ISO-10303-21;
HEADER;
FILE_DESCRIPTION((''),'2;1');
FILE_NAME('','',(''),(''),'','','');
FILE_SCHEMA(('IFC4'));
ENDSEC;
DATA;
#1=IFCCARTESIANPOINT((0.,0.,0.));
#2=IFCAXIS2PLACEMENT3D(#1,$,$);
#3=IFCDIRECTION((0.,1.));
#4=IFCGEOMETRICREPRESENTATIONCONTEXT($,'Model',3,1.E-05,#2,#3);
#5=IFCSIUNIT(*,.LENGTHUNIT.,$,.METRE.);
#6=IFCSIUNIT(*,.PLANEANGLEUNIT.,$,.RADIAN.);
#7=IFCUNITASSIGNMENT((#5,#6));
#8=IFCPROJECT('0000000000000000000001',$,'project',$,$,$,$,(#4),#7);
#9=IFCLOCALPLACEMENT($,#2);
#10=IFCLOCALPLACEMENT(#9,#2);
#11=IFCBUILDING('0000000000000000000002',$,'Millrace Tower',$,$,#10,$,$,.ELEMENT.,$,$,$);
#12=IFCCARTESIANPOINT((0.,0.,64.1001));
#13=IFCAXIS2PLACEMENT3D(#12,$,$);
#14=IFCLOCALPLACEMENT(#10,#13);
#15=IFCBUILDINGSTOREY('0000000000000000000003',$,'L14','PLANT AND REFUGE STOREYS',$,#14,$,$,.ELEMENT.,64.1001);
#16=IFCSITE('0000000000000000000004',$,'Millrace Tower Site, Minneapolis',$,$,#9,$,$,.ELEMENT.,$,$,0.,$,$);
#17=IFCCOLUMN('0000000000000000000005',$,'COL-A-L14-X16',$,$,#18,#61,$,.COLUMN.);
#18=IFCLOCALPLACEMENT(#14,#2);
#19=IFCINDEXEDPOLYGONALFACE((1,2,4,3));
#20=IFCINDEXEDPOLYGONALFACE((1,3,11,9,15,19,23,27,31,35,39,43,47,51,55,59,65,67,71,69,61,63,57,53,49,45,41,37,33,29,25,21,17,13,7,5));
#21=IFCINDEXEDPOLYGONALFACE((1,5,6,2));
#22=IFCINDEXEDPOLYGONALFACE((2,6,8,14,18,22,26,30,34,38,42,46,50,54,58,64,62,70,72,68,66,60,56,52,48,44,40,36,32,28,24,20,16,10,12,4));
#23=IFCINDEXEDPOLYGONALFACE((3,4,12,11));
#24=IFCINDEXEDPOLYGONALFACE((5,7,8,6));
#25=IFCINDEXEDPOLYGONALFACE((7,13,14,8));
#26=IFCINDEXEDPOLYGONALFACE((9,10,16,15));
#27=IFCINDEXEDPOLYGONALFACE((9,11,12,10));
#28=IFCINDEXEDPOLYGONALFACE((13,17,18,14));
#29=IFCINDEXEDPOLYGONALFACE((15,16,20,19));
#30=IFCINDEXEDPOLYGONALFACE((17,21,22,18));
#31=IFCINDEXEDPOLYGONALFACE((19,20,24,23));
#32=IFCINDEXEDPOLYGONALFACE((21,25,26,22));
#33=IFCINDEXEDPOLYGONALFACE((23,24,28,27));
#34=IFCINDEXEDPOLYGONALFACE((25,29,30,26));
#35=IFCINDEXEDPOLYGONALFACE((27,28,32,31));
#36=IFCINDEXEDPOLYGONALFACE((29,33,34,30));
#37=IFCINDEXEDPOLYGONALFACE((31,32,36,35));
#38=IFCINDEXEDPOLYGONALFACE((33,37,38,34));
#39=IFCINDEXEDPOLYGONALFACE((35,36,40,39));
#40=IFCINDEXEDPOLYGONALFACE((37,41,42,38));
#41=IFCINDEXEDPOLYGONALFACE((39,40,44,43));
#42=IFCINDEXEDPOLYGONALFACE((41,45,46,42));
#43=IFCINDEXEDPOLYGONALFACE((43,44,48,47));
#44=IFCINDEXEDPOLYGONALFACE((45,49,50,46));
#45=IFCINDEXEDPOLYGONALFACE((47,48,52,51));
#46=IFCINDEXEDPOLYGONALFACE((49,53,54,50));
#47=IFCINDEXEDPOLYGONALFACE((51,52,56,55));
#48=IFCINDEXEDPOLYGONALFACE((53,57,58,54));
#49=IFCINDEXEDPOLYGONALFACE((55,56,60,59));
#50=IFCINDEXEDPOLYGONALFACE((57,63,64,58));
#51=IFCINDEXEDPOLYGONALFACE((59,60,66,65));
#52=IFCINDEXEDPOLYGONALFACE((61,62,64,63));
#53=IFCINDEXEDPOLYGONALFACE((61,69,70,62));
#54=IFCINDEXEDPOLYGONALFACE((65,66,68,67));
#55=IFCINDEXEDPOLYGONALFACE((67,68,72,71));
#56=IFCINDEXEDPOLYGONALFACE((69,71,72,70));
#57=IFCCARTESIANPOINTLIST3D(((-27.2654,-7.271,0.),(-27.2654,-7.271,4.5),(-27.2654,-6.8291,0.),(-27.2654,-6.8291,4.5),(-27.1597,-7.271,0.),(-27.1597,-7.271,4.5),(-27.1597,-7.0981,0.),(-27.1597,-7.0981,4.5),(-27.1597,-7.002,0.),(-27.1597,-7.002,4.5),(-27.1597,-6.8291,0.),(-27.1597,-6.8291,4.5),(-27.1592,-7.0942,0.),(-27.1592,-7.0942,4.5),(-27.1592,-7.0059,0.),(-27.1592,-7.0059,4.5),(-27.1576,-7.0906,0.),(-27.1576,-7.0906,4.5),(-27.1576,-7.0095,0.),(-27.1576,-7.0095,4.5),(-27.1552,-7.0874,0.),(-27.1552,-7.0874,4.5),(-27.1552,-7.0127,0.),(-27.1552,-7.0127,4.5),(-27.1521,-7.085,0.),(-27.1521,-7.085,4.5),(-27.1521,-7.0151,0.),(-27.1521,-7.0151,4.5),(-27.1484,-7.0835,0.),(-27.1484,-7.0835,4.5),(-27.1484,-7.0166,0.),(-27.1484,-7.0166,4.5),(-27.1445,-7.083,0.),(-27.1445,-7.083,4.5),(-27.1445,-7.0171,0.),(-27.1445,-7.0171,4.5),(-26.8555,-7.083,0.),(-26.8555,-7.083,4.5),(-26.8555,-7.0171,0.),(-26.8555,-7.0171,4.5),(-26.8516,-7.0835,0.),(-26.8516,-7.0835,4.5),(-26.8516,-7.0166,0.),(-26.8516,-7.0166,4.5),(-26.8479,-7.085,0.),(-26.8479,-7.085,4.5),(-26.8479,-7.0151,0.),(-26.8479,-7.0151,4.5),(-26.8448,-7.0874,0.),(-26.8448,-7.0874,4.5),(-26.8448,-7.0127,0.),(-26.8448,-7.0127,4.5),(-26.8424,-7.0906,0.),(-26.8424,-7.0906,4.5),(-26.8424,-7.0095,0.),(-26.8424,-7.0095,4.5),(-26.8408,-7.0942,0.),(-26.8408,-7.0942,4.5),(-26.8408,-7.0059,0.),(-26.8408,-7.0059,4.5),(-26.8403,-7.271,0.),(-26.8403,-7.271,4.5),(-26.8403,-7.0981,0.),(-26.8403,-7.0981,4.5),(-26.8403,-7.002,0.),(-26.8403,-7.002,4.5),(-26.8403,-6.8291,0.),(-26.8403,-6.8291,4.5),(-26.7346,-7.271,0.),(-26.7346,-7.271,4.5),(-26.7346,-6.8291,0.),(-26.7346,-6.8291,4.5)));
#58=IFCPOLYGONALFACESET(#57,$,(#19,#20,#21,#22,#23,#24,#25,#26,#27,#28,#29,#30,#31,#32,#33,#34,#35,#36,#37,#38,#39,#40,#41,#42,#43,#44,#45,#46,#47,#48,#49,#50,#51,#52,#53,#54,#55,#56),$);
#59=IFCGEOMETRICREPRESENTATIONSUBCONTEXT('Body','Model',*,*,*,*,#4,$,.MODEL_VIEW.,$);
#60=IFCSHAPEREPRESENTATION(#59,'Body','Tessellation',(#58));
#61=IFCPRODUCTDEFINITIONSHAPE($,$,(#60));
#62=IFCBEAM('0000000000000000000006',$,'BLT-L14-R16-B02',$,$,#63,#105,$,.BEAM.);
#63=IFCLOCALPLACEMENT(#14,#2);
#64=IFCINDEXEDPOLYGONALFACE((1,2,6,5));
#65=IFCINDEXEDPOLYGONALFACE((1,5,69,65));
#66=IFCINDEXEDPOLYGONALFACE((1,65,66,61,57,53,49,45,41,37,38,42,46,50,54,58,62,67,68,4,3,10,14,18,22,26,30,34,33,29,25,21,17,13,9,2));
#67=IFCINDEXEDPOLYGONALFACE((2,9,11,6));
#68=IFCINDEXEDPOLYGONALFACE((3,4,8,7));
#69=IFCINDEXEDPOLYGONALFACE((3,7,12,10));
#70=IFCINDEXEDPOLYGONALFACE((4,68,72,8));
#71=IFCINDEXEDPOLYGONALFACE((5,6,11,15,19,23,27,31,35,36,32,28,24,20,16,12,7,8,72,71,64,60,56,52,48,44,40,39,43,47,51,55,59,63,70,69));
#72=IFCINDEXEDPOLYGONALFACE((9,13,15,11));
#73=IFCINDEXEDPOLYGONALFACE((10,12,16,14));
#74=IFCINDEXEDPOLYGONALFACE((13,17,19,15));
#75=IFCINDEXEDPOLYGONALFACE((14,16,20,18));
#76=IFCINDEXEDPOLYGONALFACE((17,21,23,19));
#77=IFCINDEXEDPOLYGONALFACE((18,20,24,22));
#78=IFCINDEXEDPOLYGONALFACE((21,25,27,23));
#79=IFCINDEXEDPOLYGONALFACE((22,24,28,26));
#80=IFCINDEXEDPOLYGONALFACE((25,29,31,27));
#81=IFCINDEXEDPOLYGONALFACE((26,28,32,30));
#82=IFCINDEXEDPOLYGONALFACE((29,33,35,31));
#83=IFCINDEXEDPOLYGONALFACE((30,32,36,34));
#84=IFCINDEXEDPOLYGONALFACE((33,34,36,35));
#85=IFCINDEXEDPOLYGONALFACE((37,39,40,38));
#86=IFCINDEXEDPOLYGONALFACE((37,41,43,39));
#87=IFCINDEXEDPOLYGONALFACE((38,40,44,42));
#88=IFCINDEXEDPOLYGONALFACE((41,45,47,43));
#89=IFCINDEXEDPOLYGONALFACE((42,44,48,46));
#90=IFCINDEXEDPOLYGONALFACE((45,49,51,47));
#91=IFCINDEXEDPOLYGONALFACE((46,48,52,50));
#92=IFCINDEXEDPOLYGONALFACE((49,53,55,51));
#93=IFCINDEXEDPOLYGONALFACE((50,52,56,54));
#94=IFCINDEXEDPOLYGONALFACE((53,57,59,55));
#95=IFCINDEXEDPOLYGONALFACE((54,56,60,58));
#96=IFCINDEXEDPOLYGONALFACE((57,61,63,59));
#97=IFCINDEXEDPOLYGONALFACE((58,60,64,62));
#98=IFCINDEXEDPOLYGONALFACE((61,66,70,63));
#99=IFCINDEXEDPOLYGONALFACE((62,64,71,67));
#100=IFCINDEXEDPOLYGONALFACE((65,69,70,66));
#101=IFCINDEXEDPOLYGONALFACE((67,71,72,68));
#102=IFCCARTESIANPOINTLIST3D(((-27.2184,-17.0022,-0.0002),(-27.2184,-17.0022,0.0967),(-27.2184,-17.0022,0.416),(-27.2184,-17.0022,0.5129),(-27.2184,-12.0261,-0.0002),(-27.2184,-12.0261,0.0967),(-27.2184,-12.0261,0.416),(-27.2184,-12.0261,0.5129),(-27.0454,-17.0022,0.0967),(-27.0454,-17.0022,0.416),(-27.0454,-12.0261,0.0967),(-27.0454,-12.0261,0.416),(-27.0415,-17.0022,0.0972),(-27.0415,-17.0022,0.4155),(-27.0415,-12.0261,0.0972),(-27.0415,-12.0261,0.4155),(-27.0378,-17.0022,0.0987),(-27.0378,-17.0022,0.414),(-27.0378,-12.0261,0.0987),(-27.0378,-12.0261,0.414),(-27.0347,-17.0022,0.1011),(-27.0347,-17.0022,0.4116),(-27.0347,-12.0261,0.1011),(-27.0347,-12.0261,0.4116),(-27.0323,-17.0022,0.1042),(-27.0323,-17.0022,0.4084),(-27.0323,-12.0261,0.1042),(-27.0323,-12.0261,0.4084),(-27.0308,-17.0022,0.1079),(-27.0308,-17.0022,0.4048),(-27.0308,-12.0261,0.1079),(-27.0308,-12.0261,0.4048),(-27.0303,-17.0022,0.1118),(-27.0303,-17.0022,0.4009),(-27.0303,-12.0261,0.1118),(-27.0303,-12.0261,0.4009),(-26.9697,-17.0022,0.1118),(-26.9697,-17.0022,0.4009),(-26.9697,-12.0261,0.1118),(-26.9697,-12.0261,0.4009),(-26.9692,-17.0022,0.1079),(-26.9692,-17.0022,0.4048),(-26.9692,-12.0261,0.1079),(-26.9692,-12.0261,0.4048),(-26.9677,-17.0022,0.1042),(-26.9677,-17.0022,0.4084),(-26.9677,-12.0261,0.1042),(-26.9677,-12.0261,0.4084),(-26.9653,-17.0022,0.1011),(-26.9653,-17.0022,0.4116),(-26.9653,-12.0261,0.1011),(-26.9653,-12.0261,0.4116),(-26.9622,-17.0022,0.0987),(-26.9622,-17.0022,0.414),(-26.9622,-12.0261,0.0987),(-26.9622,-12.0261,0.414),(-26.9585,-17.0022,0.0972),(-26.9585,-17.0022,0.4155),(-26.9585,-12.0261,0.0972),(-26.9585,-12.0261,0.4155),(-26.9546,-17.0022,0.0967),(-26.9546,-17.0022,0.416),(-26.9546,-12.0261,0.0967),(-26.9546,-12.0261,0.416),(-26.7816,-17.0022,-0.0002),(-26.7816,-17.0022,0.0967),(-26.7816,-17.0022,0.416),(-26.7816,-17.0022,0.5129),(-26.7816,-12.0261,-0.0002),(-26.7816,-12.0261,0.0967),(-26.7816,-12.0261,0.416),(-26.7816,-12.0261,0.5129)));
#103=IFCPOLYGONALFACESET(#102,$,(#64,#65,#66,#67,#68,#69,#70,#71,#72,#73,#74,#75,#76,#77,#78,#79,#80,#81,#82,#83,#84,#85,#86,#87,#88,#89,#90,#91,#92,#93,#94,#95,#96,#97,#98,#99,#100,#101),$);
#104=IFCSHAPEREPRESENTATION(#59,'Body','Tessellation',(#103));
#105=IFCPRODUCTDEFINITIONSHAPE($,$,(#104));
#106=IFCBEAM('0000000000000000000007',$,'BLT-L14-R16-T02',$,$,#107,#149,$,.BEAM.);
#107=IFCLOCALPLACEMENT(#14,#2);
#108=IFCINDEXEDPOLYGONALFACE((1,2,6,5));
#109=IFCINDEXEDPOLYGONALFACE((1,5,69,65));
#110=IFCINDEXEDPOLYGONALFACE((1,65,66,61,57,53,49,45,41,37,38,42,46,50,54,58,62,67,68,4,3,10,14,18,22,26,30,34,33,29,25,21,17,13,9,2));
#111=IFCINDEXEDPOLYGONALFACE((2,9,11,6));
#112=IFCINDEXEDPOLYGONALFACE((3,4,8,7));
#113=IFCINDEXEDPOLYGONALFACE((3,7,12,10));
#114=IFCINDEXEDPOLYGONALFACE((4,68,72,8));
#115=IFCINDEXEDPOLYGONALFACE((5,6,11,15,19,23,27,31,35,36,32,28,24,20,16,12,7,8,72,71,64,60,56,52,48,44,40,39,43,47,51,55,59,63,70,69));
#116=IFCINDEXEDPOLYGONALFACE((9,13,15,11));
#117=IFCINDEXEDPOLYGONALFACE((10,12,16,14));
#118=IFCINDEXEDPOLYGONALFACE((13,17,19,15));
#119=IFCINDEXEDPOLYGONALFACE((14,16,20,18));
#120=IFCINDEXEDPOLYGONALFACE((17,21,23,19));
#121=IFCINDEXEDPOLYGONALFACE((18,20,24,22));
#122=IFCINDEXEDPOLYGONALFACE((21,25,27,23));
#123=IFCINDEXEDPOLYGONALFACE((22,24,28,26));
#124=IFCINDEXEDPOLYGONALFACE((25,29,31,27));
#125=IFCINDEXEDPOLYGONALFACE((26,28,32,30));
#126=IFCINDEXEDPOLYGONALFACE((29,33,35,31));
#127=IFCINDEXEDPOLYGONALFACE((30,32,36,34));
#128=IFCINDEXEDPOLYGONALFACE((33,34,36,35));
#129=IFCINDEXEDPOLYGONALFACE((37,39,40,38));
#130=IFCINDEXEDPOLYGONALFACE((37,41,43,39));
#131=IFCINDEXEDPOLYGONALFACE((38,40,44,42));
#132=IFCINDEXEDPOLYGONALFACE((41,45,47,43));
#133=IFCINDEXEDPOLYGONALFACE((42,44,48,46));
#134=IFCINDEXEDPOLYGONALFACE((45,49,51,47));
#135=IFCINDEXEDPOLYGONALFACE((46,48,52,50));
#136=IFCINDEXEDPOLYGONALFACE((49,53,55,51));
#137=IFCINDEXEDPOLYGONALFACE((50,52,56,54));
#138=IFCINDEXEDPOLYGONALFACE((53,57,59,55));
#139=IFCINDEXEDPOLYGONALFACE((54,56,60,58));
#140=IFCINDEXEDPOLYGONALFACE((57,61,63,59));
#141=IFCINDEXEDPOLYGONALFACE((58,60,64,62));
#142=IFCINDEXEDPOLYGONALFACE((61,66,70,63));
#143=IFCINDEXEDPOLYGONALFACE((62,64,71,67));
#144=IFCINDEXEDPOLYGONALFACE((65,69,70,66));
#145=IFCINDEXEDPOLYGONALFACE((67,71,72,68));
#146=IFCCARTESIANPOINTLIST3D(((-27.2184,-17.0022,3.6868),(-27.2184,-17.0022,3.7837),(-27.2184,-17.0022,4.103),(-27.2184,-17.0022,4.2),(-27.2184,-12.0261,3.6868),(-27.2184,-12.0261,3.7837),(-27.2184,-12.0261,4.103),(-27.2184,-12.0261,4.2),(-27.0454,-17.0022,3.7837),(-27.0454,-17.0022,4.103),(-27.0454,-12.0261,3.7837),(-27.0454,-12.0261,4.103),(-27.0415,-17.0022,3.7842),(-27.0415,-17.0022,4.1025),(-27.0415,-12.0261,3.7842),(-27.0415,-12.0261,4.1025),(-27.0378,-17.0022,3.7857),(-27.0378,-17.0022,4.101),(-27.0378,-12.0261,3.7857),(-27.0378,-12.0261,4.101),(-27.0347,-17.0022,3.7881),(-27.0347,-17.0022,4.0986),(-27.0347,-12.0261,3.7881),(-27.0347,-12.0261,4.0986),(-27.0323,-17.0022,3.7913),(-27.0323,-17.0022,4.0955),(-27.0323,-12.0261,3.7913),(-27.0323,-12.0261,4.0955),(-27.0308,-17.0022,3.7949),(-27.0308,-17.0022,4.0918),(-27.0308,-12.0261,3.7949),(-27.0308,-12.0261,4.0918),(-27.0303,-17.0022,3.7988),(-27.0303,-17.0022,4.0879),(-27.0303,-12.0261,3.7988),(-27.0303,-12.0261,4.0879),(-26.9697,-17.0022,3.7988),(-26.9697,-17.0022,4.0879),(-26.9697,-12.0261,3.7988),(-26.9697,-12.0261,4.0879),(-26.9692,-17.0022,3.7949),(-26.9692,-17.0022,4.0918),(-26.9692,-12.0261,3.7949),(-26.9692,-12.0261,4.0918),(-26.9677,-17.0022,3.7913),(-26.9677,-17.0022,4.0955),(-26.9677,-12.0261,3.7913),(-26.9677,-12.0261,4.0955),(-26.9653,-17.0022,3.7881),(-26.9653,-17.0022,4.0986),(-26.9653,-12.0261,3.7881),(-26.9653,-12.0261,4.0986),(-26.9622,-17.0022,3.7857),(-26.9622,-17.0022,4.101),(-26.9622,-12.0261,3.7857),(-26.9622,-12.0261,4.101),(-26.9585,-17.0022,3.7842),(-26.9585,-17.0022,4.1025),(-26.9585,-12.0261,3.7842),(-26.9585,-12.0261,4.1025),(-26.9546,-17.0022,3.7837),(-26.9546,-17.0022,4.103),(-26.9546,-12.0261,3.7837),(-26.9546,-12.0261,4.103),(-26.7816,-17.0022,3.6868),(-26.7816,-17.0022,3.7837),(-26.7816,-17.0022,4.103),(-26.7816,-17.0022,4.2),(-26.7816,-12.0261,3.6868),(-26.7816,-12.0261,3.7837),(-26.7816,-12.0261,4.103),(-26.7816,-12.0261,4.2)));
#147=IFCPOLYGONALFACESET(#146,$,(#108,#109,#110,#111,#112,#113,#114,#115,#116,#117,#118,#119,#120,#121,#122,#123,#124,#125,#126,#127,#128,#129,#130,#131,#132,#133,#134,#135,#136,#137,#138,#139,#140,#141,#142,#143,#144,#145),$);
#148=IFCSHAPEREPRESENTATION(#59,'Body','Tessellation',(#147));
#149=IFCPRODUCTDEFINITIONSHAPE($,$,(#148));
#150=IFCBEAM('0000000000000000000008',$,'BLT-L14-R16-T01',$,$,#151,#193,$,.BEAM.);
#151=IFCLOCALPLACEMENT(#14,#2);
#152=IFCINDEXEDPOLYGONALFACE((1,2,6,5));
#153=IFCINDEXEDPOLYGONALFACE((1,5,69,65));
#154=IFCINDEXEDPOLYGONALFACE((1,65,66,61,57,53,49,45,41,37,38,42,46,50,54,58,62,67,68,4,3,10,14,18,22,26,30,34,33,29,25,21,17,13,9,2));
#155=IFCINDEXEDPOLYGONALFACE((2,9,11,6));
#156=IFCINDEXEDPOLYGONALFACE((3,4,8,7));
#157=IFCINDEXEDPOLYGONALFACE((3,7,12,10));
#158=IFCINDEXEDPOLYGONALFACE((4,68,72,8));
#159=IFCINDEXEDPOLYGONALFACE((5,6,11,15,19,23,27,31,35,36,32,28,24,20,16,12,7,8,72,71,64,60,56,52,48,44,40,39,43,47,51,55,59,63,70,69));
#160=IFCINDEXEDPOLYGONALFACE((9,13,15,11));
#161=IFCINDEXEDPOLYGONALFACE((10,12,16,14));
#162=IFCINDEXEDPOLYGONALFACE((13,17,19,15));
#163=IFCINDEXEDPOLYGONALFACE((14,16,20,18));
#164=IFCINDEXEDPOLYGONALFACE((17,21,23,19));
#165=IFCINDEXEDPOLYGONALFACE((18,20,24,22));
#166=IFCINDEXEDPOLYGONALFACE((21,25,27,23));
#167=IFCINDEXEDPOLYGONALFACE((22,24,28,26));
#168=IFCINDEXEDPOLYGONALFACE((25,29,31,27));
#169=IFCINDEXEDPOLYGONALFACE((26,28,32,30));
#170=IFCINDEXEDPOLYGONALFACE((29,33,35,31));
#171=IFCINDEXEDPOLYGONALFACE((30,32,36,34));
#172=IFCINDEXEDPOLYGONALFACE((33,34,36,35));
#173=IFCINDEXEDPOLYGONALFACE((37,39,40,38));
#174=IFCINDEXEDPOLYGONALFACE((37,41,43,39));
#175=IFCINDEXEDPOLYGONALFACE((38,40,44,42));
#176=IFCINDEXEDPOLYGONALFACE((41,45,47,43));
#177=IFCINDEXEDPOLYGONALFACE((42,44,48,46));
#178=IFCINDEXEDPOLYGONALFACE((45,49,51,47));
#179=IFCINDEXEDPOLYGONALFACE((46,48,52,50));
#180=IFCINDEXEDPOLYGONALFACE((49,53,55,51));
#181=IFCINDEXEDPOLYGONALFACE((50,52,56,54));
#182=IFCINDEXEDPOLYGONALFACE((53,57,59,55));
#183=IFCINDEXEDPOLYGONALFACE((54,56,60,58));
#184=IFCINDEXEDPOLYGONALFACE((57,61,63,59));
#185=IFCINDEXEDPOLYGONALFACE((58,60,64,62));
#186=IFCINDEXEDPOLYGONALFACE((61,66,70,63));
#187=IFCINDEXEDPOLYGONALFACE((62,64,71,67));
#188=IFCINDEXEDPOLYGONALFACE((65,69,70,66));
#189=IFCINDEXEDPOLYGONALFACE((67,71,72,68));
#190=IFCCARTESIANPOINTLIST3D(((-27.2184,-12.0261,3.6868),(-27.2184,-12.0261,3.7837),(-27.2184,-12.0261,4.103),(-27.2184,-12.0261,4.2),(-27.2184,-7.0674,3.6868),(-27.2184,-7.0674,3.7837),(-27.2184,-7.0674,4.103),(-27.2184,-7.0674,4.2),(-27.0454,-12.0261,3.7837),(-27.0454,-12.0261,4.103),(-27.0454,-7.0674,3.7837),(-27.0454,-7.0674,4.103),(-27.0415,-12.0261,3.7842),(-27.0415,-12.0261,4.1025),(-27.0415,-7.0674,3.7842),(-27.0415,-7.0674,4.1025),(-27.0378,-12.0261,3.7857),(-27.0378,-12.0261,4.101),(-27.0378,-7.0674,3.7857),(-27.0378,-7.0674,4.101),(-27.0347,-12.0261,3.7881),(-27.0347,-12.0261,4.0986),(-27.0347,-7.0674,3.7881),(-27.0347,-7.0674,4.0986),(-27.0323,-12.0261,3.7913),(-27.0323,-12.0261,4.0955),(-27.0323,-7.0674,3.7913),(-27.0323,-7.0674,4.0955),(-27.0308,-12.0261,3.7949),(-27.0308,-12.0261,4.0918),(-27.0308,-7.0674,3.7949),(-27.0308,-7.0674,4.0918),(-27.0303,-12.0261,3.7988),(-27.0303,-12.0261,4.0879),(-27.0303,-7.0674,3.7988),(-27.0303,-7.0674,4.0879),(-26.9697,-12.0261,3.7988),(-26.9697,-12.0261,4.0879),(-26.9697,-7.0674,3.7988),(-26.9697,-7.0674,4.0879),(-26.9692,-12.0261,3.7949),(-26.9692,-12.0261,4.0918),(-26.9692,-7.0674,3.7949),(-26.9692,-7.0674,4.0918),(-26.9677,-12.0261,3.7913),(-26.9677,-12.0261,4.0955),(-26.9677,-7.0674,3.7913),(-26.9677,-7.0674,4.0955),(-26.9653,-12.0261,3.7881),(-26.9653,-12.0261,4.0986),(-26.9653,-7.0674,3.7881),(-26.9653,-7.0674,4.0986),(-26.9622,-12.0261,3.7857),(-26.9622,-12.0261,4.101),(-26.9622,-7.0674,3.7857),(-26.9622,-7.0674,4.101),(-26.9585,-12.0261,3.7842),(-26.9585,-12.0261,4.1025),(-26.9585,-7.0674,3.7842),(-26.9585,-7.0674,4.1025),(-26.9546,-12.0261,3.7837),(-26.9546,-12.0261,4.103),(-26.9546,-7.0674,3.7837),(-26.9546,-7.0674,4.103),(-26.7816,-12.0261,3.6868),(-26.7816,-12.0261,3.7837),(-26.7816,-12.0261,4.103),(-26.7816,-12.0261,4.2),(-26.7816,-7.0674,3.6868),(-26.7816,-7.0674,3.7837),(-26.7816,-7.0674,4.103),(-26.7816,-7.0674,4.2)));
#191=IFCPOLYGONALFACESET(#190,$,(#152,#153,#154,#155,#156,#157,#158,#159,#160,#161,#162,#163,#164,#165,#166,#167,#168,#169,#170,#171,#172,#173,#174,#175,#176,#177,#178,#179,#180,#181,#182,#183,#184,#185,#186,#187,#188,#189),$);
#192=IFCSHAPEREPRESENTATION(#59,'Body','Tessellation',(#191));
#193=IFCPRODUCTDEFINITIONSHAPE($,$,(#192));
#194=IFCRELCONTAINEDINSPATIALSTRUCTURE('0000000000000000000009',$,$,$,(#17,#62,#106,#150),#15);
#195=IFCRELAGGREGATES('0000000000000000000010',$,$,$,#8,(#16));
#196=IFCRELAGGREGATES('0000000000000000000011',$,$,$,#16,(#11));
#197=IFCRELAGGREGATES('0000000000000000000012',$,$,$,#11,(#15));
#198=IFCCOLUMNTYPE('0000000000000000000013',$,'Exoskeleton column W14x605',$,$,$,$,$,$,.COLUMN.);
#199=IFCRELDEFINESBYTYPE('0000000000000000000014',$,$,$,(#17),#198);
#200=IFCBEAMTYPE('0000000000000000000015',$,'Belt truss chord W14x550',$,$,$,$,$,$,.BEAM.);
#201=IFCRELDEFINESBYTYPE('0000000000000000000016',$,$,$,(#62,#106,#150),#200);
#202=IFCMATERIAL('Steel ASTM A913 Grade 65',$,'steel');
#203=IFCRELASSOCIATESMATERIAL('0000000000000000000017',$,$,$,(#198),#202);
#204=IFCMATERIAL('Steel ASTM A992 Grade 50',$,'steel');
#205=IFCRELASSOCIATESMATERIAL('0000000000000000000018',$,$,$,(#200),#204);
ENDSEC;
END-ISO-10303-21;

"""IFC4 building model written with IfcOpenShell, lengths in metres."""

from ifc_helpers import new_model, si_unit, direction, frame, origin, origin_2d, place, context, subcontext, project, spatial, i_section, extrude, material, material_profile, profile_set, type_object, element, save


model = new_model("IFC4")

# Units and contexts
model_context = context("Model", 3, precision=1e-05, world=origin(), true_north=direction((0.0, 1.0)))
body_context = subcontext(model_context, "Body", "Model", "MODEL_VIEW")
ifc_project = project(units=[si_unit("LENGTHUNIT", "METRE"), si_unit("PLANEANGLEUNIT", "RADIAN")], contexts=[model_context])

# Site, building, storey
site_placement = place(None, origin())
site = spatial("IfcSite", under=ifc_project, at=site_placement, Name="Millrace Tower Site, Minneapolis", CompositionType="ELEMENT", RefElevation=0.0)
building_placement = place(site_placement, origin())
building = spatial("IfcBuilding", under=site, at=building_placement, Name="Millrace Tower", CompositionType="ELEMENT")
storey_placement = place(building_placement, frame((0.0, 0.0, 64.1001)))
storey = spatial("IfcBuildingStorey", under=building, at=storey_placement, Name="L14", Description="PLANT AND REFUGE STOREYS", CompositionType="ELEMENT", Elevation=64.1001)

# Column
ifc_material_1 = material(Name="Steel ASTM A913 Grade 65", Category="steel")
ifc_material_profile_1 = material_profile(ifc_material_1, i_section(OverallWidth=0.4419, OverallDepth=0.5308, WebThickness=0.0659, FlangeThickness=0.1057, FilletRadius=0.0151, at=origin_2d()))
ifc_profile_set_1 = profile_set([ifc_material_profile_1], Name="Steel ASTM A913 Grade 65")
column_type = type_object("IfcColumnType", Name="Exoskeleton column W14x605", PredefinedType="COLUMN", material=ifc_profile_set_1)
column_placement = place(storey_placement, frame((-27.0, -7.05, 0.0), z_axis=(0.0, 0.0, 1.0), x_axis=(0.0, -1.0, 0.0)))
element("IfcColumn", 1, at=column_placement, inside=storey, type_object=column_type, Name="COL-A-L14-X16", PredefinedType="COLUMN", context=body_context, shape_type="SweptSolid", body=[
    extrude(i_section(OverallWidth=0.4419, OverallDepth=0.5308, WebThickness=0.0659, FlangeThickness=0.1057, FilletRadius=0.0151, at=origin_2d()), origin(), (0.0, 0.0, 1.0), 4.5),
])

# Beams
ifc_material_2 = material(Name="Steel ASTM A992 Grade 50", Category="steel")
ifc_material_profile_2 = material_profile(ifc_material_2, i_section(OverallWidth=0.4368, OverallDepth=0.5132, WebThickness=0.0605, FlangeThickness=0.0969, FilletRadius=0.0151, at=origin_2d()))
ifc_profile_set_2 = profile_set([ifc_material_profile_2], Name="Steel ASTM A992 Grade 50")
beam_type_1 = type_object("IfcBeamType", Name="Belt truss chord W14x550", PredefinedType="BEAM", material=ifc_profile_set_2)
for number, where, z_axis, x_axis, name in (
    (2, (-27.0, -12.0261, 0.2563), (0.0, -1.0, 0.0), (1.0, 0.0, 0.0), "BLT-L14-R16-B02"),
    (3, (-27.0, -12.0261, 3.9434), (0.0, -1.0, 0.0), (1.0, 0.0, 0.0), "BLT-L14-R16-T02"),
):
    element("IfcBeam", number, at=place(storey_placement, frame(where, z_axis=z_axis, x_axis=x_axis)), inside=storey, type_object=beam_type_1, Name=name, PredefinedType="BEAM", context=body_context, shape_type="SweptSolid", body=[
        extrude(i_section(OverallWidth=0.4368, OverallDepth=0.5132, WebThickness=0.0605, FlangeThickness=0.0969, FilletRadius=0.0151, at=origin_2d()), origin(), (0.0, 0.0, 1.0), 4.9761),
    ])
beam_1_placement = place(storey_placement, frame((-27.0, -7.0674, 3.9434), z_axis=(0.0, -1.0, 0.0), x_axis=(1.0, 0.0, 0.0)))
element("IfcBeam", 4, at=beam_1_placement, inside=storey, type_object=beam_type_1, Name="BLT-L14-R16-T01", PredefinedType="BEAM", context=body_context, shape_type="SweptSolid", body=[
    extrude(i_section(OverallWidth=0.4368, OverallDepth=0.5132, WebThickness=0.0605, FlangeThickness=0.0969, FilletRadius=0.0151, at=origin_2d()), origin(), (0.0, 0.0, 1.0), 4.9587),
])

save(model, "model.ifc")
